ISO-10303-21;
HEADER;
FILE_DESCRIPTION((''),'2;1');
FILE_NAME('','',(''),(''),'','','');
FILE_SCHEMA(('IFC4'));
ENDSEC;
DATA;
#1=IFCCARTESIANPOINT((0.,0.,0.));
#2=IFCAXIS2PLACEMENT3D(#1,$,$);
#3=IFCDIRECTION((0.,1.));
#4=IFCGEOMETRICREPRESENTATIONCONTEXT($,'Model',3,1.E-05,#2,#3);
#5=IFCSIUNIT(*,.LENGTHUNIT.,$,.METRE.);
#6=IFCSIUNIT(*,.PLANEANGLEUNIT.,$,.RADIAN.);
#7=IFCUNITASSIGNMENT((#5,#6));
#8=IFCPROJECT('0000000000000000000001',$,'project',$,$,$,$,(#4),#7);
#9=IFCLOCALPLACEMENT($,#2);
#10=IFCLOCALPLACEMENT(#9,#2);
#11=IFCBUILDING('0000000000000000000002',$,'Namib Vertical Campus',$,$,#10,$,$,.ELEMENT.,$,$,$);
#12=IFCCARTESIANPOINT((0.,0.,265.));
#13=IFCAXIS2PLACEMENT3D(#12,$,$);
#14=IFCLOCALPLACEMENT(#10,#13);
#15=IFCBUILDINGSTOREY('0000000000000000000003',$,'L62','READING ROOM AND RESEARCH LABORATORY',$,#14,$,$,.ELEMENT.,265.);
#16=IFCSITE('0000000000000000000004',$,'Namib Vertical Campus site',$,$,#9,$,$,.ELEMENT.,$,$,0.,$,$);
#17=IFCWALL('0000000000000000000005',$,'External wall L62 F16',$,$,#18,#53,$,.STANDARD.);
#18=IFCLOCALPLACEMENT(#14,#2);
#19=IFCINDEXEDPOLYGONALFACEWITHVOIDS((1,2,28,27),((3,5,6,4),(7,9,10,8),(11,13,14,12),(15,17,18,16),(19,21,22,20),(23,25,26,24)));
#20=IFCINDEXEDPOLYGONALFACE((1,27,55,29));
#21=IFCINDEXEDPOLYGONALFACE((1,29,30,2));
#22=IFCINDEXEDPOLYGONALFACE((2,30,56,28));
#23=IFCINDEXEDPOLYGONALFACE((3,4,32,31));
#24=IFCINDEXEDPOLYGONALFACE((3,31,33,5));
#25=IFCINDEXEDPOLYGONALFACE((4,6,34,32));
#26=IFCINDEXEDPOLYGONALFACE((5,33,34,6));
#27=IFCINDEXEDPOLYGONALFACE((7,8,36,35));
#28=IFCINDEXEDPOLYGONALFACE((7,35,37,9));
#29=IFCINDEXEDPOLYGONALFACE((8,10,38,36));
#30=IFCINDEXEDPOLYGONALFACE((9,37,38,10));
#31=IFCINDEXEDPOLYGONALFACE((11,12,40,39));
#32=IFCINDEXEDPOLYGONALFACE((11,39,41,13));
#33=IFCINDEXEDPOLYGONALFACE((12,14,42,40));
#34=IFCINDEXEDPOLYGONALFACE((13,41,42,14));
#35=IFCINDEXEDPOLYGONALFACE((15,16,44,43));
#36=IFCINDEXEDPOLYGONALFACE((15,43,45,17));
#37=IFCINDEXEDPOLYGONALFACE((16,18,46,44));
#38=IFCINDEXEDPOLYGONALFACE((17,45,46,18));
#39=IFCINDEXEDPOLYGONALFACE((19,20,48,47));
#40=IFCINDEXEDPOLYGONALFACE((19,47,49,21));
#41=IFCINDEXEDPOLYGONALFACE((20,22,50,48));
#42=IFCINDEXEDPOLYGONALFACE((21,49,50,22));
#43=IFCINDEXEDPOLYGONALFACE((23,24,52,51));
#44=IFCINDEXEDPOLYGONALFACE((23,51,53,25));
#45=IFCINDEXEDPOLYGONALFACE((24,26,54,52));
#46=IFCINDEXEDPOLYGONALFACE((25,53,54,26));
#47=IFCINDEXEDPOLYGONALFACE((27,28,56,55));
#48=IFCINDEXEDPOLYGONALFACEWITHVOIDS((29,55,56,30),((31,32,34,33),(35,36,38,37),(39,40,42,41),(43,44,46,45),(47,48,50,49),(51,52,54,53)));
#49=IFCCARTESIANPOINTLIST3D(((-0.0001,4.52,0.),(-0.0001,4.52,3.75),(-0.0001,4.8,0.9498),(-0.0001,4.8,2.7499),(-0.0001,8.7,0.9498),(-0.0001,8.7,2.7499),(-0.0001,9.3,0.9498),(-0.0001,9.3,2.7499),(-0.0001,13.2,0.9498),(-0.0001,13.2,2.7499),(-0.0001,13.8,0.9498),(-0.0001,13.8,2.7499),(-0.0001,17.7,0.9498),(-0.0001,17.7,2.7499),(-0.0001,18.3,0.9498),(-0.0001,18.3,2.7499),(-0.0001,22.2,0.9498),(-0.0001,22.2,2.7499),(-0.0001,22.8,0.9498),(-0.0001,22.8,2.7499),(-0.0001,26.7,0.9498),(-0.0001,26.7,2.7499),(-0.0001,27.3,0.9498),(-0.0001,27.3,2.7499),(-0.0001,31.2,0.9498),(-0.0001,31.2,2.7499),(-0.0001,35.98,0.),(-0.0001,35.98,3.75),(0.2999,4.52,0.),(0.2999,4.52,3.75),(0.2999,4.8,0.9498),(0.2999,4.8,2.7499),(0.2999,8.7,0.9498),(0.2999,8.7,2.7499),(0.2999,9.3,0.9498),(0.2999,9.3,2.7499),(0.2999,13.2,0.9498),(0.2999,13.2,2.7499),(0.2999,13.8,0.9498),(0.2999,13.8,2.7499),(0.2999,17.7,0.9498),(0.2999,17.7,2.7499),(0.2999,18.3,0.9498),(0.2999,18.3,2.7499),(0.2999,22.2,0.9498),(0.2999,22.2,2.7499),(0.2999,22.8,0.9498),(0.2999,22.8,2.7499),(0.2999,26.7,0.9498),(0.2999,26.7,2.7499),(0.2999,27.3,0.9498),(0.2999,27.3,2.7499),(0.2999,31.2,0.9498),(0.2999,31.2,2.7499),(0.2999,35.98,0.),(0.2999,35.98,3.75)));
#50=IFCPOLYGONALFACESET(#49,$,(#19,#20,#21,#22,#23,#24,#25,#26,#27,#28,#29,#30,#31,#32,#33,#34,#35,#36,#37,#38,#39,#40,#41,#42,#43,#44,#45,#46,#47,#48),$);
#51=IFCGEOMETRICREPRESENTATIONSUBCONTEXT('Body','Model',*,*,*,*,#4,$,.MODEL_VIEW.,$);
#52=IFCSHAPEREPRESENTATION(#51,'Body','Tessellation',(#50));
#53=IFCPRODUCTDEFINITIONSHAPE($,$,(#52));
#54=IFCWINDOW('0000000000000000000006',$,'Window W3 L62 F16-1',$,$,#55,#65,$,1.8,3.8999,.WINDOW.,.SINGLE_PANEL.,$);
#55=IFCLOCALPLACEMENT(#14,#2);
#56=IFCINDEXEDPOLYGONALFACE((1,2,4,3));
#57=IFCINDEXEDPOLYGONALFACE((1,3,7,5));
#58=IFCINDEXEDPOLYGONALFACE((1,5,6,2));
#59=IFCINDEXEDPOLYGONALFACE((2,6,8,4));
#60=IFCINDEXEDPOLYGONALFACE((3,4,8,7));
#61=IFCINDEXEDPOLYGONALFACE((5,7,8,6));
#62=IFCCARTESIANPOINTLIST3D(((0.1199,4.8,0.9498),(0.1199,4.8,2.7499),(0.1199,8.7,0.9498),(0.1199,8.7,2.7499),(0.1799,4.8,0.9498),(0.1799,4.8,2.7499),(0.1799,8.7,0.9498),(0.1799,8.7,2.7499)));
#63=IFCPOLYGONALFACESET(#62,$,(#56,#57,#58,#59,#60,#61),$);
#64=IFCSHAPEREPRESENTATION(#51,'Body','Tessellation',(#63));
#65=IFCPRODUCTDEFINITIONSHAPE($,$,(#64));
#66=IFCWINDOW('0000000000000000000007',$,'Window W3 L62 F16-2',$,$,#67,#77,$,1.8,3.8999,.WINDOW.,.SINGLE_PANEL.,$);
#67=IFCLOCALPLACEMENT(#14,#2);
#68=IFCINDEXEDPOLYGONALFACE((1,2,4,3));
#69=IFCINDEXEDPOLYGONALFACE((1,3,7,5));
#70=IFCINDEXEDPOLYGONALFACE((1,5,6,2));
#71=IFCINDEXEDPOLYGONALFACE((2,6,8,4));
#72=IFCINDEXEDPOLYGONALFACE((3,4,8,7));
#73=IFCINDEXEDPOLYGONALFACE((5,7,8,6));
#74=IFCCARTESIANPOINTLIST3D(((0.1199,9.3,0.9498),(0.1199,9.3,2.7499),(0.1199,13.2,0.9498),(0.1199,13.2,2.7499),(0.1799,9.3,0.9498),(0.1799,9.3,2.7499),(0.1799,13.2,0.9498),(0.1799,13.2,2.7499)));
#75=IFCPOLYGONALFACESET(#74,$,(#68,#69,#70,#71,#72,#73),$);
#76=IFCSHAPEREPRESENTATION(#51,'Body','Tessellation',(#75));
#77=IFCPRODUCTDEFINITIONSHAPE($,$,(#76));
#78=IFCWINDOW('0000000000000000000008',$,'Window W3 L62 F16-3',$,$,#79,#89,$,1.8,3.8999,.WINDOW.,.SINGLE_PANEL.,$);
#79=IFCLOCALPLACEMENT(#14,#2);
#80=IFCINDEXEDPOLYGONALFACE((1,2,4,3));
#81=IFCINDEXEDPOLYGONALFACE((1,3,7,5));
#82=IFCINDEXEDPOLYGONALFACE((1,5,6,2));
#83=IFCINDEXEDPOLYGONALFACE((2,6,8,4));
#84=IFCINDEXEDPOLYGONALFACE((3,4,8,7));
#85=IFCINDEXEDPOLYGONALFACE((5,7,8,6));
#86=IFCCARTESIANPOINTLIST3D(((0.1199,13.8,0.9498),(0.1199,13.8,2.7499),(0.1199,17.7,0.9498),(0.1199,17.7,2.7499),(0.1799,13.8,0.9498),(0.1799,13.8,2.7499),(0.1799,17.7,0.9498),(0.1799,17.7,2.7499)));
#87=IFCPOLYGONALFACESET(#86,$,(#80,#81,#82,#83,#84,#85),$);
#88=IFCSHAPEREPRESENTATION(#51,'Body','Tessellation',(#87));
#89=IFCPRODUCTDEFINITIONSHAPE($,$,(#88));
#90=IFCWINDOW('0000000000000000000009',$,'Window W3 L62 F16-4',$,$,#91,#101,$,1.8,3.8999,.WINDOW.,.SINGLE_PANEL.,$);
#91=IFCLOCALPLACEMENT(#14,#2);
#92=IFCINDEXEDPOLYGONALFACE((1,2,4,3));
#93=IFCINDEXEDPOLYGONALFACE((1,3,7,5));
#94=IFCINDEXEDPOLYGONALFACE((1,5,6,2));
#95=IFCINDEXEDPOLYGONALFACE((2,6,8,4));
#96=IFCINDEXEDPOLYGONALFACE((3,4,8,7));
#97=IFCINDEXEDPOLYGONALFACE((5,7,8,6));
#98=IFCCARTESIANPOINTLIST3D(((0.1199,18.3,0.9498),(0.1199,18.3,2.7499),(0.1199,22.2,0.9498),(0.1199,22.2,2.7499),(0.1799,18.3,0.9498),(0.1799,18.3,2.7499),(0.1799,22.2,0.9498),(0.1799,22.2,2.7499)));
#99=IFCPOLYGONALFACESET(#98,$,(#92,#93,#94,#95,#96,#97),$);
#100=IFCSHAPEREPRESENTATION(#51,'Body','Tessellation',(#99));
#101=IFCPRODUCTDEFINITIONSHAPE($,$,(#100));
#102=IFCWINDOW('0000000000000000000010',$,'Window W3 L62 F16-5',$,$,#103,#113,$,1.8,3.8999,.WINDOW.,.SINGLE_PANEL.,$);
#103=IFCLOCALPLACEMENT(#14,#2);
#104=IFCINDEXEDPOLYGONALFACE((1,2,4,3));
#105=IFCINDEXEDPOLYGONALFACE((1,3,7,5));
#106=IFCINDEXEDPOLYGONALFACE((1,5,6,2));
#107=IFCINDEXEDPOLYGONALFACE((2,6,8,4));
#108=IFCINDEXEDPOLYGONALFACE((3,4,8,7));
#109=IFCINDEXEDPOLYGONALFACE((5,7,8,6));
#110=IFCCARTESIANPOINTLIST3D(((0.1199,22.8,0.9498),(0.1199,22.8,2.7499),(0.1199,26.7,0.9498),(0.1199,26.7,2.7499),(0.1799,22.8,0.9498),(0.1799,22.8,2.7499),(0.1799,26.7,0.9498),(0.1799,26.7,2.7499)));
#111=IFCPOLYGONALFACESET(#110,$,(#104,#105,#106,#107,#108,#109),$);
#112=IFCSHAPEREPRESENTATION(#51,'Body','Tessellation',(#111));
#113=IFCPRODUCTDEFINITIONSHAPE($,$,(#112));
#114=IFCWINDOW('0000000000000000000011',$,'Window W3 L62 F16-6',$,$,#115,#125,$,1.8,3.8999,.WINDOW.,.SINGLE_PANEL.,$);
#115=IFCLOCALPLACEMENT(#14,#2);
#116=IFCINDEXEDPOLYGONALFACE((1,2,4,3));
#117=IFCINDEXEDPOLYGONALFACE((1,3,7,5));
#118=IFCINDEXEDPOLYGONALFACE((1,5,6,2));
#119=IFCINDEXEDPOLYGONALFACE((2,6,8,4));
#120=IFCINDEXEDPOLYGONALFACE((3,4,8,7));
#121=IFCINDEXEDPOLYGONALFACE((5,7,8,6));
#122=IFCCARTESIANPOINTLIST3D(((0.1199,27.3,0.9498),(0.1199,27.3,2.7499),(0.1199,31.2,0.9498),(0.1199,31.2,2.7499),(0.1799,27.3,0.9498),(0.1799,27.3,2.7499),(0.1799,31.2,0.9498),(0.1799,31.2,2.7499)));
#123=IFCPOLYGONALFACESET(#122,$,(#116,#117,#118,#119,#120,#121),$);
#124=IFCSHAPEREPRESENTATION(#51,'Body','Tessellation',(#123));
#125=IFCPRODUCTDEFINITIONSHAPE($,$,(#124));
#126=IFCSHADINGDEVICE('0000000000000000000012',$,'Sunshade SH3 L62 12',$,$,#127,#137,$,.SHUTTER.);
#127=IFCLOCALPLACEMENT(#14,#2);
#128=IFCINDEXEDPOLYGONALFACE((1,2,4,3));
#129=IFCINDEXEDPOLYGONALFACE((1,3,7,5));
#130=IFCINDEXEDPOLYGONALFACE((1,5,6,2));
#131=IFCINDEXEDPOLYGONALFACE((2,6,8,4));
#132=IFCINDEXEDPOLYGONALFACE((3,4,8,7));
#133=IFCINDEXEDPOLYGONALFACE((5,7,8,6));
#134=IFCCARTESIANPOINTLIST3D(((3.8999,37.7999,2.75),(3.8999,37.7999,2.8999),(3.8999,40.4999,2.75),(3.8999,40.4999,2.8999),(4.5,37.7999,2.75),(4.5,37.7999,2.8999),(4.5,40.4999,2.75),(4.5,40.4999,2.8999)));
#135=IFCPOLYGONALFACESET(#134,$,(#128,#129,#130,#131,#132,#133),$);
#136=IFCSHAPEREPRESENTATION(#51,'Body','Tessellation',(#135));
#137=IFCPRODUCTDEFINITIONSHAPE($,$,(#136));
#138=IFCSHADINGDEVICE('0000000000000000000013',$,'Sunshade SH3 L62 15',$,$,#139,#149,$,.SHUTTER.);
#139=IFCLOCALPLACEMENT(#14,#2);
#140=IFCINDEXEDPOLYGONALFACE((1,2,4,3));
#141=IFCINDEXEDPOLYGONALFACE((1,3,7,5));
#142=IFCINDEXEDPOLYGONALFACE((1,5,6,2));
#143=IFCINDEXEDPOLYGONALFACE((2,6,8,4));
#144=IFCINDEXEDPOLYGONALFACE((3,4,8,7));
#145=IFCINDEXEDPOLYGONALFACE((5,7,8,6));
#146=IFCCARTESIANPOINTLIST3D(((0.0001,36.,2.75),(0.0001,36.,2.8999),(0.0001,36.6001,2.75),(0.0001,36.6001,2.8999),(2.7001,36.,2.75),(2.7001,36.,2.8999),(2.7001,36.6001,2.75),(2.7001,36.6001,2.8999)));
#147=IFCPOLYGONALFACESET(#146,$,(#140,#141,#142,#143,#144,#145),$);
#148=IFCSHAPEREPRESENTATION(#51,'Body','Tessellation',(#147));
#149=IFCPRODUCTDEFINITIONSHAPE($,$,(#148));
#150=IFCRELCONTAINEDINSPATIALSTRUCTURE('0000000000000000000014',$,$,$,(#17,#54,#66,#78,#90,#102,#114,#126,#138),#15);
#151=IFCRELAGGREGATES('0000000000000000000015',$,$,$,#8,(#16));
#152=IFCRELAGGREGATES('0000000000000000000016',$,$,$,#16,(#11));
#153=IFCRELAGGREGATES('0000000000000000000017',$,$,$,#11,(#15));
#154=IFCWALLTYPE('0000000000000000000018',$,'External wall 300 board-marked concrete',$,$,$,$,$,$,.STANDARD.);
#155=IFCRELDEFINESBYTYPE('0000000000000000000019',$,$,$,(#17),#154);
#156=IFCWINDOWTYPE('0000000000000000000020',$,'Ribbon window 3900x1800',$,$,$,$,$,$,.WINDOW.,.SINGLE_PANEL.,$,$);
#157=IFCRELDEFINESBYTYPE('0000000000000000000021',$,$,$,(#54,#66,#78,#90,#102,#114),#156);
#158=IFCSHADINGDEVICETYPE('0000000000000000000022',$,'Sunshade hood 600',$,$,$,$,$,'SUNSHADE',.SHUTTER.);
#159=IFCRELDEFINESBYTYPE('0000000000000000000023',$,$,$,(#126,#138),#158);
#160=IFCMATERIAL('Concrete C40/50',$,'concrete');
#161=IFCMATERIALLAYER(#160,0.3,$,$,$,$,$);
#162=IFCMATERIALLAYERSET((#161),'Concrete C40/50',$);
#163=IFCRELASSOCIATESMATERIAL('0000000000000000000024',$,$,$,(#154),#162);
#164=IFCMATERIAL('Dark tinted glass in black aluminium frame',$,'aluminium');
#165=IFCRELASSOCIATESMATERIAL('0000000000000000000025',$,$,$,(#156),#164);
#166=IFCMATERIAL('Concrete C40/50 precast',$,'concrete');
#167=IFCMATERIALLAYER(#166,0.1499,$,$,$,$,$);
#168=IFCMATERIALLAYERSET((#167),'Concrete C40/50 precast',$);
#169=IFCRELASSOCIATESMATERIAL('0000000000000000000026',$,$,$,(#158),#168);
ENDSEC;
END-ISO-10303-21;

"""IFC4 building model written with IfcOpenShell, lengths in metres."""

from ifc_helpers import new_model, si_unit, direction, frame, frame_2d, origin, origin_2d, place, context, subcontext, project, spatial, rectangle, extrude, material, layer, layer_set, type_object, element, fill, save


model = new_model("IFC4")

# Units and contexts
model_context = context("Model", 3, precision=1e-05, world=origin(), true_north=direction((0.0, 1.0)))
body_context = subcontext(model_context, "Body", "Model", "MODEL_VIEW")
ifc_project = project(units=[si_unit("LENGTHUNIT", "METRE"), si_unit("PLANEANGLEUNIT", "RADIAN")], contexts=[model_context])

# Site, building, storey
site_placement = place(None, origin())
site = spatial("IfcSite", under=ifc_project, at=site_placement, Name="Namib Vertical Campus site", CompositionType="ELEMENT", RefElevation=0.0)
building_placement = place(site_placement, origin())
building = spatial("IfcBuilding", under=site, at=building_placement, Name="Namib Vertical Campus", CompositionType="ELEMENT")
storey_placement = place(building_placement, frame((0.0, 0.0, 265.0)))
storey = spatial("IfcBuildingStorey", under=building, at=storey_placement, Name="L62", Description="READING ROOM AND RESEARCH LABORATORY", CompositionType="ELEMENT", Elevation=265.0)

# Shared definitions
ifc_material_1 = material(Name="Concrete C40/50", Category="concrete")
ifc_layer_1 = layer(ifc_material_1, 0.3)
ifc_layer_set_1 = layer_set([ifc_layer_1], Name="Concrete C40/50")
wall_type_1 = type_object("IfcWallType", Name="External wall 300 board-marked concrete", PredefinedType="STANDARD", material=ifc_layer_set_1)

# Wall, openings, windows
wall_1_placement = place(storey_placement, frame((0.1499, 35.98, 0.0), z_axis=(0.0, 0.0, 1.0), x_axis=(0.0, -1.0, 0.0)))
wall_1 = element("IfcWall", 1, at=wall_1_placement, inside=storey, type_object=wall_type_1, Name="External wall L62 F16", PredefinedType="STANDARD", context=body_context, shape_type="SweptSolid", body=[
    extrude(rectangle(XDim=31.46, YDim=0.3, at=frame_2d((15.73, 0.0))), origin(), (0.0, 0.0, 1.0), 3.75),
])
opening_1_placement = place(wall_1_placement, frame((27.28, 0.0, 0.95)))
opening_1 = element("IfcOpeningElement", 2, at=opening_1_placement, cuts=wall_1, PredefinedType="OPENING", context=body_context, shape_type="SweptSolid", body=[
    extrude(rectangle(XDim=3.8999, YDim=1.8, at=frame_2d((1.95, 0.8999))), frame((0.0, 0.1599, 0.0), z_axis=(0.0, -1.0, 0.0), x_axis=(1.0, 0.0, 0.0)), (0.0, 0.0, 1.0), 0.3201),
])
opening_2_placement = place(wall_1_placement, frame((22.78, 0.0, 0.95)))
opening_2 = element("IfcOpeningElement", 3, at=opening_2_placement, cuts=wall_1, PredefinedType="OPENING", context=body_context, shape_type="SweptSolid", body=[
    extrude(rectangle(XDim=3.8999, YDim=1.8, at=frame_2d((1.95, 0.8999))), frame((0.0, 0.1599, 0.0), z_axis=(0.0, -1.0, 0.0), x_axis=(1.0, 0.0, 0.0)), (0.0, 0.0, 1.0), 0.3201),
])
opening_3_placement = place(wall_1_placement, frame((18.28, 0.0, 0.95)))
opening_3 = element("IfcOpeningElement", 4, at=opening_3_placement, cuts=wall_1, PredefinedType="OPENING", context=body_context, shape_type="SweptSolid", body=[
    extrude(rectangle(XDim=3.8999, YDim=1.8, at=frame_2d((1.95, 0.8999))), frame((0.0, 0.1599, 0.0), z_axis=(0.0, -1.0, 0.0), x_axis=(1.0, 0.0, 0.0)), (0.0, 0.0, 1.0), 0.3201),
])
opening_4_placement = place(wall_1_placement, frame((13.78, 0.0, 0.95)))
opening_4 = element("IfcOpeningElement", 5, at=opening_4_placement, cuts=wall_1, PredefinedType="OPENING", context=body_context, shape_type="SweptSolid", body=[
    extrude(rectangle(XDim=3.8999, YDim=1.8, at=frame_2d((1.95, 0.8999))), frame((0.0, 0.1599, 0.0), z_axis=(0.0, -1.0, 0.0), x_axis=(1.0, 0.0, 0.0)), (0.0, 0.0, 1.0), 0.3201),
])
opening_5_placement = place(wall_1_placement, frame((9.28, 0.0, 0.95)))
opening_5 = element("IfcOpeningElement", 6, at=opening_5_placement, cuts=wall_1, PredefinedType="OPENING", context=body_context, shape_type="SweptSolid", body=[
    extrude(rectangle(XDim=3.8999, YDim=1.8, at=frame_2d((1.95, 0.8999))), frame((0.0, 0.1599, 0.0), z_axis=(0.0, -1.0, 0.0), x_axis=(1.0, 0.0, 0.0)), (0.0, 0.0, 1.0), 0.3201),
])
opening_6_placement = place(wall_1_placement, frame((4.78, 0.0, 0.95)))
opening_6 = element("IfcOpeningElement", 7, at=opening_6_placement, cuts=wall_1, PredefinedType="OPENING", context=body_context, shape_type="SweptSolid", body=[
    extrude(rectangle(XDim=3.8999, YDim=1.8, at=frame_2d((1.95, 0.8999))), frame((0.0, 0.1599, 0.0), z_axis=(0.0, -1.0, 0.0), x_axis=(1.0, 0.0, 0.0)), (0.0, 0.0, 1.0), 0.3201),
])
ifc_material_2 = material(Name="Dark tinted glass in black aluminium frame", Category="aluminium")
window_type = type_object("IfcWindowType", Name="Ribbon window 3900x1800", PartitioningType="SINGLE_PANEL", PredefinedType="WINDOW", material=ifc_material_2)
window_1_placement = place(opening_1_placement, origin())
window_1 = element("IfcWindow", 8, at=window_1_placement, inside=storey, type_object=window_type, Name="Window W3 L62 F16-1", OverallHeight=1.8, OverallWidth=3.8999, PartitioningType="SINGLE_PANEL", PredefinedType="WINDOW", context=body_context, shape_type="SweptSolid", body=[
    extrude(rectangle(XDim=3.8999, YDim=1.8, at=frame_2d((1.95, 0.8999))), frame((0.0, 0.03, 0.0), z_axis=(0.0, -1.0, 0.0), x_axis=(1.0, 0.0, 0.0)), (0.0, 0.0, 1.0), 0.0601),
])
fill(opening_1, window_1)
window_2_placement = place(opening_2_placement, origin())
window_2 = element("IfcWindow", 9, at=window_2_placement, inside=storey, type_object=window_type, Name="Window W3 L62 F16-2", OverallHeight=1.8, OverallWidth=3.8999, PartitioningType="SINGLE_PANEL", PredefinedType="WINDOW", context=body_context, shape_type="SweptSolid", body=[
    extrude(rectangle(XDim=3.8999, YDim=1.8, at=frame_2d((1.95, 0.8999))), frame((0.0, 0.03, 0.0), z_axis=(0.0, -1.0, 0.0), x_axis=(1.0, 0.0, 0.0)), (0.0, 0.0, 1.0), 0.0601),
])
fill(opening_2, window_2)
window_3_placement = place(opening_3_placement, origin())
window_3 = element("IfcWindow", 10, at=window_3_placement, inside=storey, type_object=window_type, Name="Window W3 L62 F16-3", OverallHeight=1.8, OverallWidth=3.8999, PartitioningType="SINGLE_PANEL", PredefinedType="WINDOW", context=body_context, shape_type="SweptSolid", body=[
    extrude(rectangle(XDim=3.8999, YDim=1.8, at=frame_2d((1.95, 0.8999))), frame((0.0, 0.03, 0.0), z_axis=(0.0, -1.0, 0.0), x_axis=(1.0, 0.0, 0.0)), (0.0, 0.0, 1.0), 0.0601),
])
fill(opening_3, window_3)
window_4_placement = place(opening_4_placement, origin())
window_4 = element("IfcWindow", 11, at=window_4_placement, inside=storey, type_object=window_type, Name="Window W3 L62 F16-4", OverallHeight=1.8, OverallWidth=3.8999, PartitioningType="SINGLE_PANEL", PredefinedType="WINDOW", context=body_context, shape_type="SweptSolid", body=[
    extrude(rectangle(XDim=3.8999, YDim=1.8, at=frame_2d((1.95, 0.8999))), frame((0.0, 0.03, 0.0), z_axis=(0.0, -1.0, 0.0), x_axis=(1.0, 0.0, 0.0)), (0.0, 0.0, 1.0), 0.0601),
])
fill(opening_4, window_4)
window_5_placement = place(opening_5_placement, origin())
window_5 = element("IfcWindow", 12, at=window_5_placement, inside=storey, type_object=window_type, Name="Window W3 L62 F16-5", OverallHeight=1.8, OverallWidth=3.8999, PartitioningType="SINGLE_PANEL", PredefinedType="WINDOW", context=body_context, shape_type="SweptSolid", body=[
    extrude(rectangle(XDim=3.8999, YDim=1.8, at=frame_2d((1.95, 0.8999))), frame((0.0, 0.03, 0.0), z_axis=(0.0, -1.0, 0.0), x_axis=(1.0, 0.0, 0.0)), (0.0, 0.0, 1.0), 0.0601),
])
fill(opening_5, window_5)
window_6_placement = place(opening_6_placement, origin())
window_6 = element("IfcWindow", 13, at=window_6_placement, inside=storey, type_object=window_type, Name="Window W3 L62 F16-6", OverallHeight=1.8, OverallWidth=3.8999, PartitioningType="SINGLE_PANEL", PredefinedType="WINDOW", context=body_context, shape_type="SweptSolid", body=[
    extrude(rectangle(XDim=3.8999, YDim=1.8, at=frame_2d((1.95, 0.8999))), frame((0.0, 0.03, 0.0), z_axis=(0.0, -1.0, 0.0), x_axis=(1.0, 0.0, 0.0)), (0.0, 0.0, 1.0), 0.0601),
])
fill(opening_6, window_6)

# Shading devices
ifc_material_3 = material(Name="Concrete C40/50 precast", Category="concrete")
ifc_layer_2 = layer(ifc_material_3, 0.1499)
ifc_layer_set_2 = layer_set([ifc_layer_2], Name="Concrete C40/50 precast")
shading_device_type = type_object("IfcShadingDeviceType", Name="Sunshade hood 600", ElementType="SUNSHADE", PredefinedType="SHUTTER", material=ifc_layer_set_2)
for number, where, z_axis, x_axis, name in (
    (14, (4.2, 39.1499, 2.75), (0.0, 0.0, 1.0), (0.0, -1.0, 0.0), "Sunshade SH3 L62 12"),
    (15, (1.3501, 36.3, 2.75), (0.0, 0.0, 1.0), (-1.0, 0.0, 0.0), "Sunshade SH3 L62 15"),
):
    element("IfcShadingDevice", number, at=place(storey_placement, frame(where, z_axis=z_axis, x_axis=x_axis)), inside=storey, type_object=shading_device_type, Name=name, PredefinedType="SHUTTER", context=body_context, shape_type="SweptSolid", body=[
        extrude(rectangle(XDim=2.7, YDim=0.6001, at=origin_2d()), origin(), (0.0, 0.0, 1.0), 0.1499),
    ])

save(model, "model.ifc")
